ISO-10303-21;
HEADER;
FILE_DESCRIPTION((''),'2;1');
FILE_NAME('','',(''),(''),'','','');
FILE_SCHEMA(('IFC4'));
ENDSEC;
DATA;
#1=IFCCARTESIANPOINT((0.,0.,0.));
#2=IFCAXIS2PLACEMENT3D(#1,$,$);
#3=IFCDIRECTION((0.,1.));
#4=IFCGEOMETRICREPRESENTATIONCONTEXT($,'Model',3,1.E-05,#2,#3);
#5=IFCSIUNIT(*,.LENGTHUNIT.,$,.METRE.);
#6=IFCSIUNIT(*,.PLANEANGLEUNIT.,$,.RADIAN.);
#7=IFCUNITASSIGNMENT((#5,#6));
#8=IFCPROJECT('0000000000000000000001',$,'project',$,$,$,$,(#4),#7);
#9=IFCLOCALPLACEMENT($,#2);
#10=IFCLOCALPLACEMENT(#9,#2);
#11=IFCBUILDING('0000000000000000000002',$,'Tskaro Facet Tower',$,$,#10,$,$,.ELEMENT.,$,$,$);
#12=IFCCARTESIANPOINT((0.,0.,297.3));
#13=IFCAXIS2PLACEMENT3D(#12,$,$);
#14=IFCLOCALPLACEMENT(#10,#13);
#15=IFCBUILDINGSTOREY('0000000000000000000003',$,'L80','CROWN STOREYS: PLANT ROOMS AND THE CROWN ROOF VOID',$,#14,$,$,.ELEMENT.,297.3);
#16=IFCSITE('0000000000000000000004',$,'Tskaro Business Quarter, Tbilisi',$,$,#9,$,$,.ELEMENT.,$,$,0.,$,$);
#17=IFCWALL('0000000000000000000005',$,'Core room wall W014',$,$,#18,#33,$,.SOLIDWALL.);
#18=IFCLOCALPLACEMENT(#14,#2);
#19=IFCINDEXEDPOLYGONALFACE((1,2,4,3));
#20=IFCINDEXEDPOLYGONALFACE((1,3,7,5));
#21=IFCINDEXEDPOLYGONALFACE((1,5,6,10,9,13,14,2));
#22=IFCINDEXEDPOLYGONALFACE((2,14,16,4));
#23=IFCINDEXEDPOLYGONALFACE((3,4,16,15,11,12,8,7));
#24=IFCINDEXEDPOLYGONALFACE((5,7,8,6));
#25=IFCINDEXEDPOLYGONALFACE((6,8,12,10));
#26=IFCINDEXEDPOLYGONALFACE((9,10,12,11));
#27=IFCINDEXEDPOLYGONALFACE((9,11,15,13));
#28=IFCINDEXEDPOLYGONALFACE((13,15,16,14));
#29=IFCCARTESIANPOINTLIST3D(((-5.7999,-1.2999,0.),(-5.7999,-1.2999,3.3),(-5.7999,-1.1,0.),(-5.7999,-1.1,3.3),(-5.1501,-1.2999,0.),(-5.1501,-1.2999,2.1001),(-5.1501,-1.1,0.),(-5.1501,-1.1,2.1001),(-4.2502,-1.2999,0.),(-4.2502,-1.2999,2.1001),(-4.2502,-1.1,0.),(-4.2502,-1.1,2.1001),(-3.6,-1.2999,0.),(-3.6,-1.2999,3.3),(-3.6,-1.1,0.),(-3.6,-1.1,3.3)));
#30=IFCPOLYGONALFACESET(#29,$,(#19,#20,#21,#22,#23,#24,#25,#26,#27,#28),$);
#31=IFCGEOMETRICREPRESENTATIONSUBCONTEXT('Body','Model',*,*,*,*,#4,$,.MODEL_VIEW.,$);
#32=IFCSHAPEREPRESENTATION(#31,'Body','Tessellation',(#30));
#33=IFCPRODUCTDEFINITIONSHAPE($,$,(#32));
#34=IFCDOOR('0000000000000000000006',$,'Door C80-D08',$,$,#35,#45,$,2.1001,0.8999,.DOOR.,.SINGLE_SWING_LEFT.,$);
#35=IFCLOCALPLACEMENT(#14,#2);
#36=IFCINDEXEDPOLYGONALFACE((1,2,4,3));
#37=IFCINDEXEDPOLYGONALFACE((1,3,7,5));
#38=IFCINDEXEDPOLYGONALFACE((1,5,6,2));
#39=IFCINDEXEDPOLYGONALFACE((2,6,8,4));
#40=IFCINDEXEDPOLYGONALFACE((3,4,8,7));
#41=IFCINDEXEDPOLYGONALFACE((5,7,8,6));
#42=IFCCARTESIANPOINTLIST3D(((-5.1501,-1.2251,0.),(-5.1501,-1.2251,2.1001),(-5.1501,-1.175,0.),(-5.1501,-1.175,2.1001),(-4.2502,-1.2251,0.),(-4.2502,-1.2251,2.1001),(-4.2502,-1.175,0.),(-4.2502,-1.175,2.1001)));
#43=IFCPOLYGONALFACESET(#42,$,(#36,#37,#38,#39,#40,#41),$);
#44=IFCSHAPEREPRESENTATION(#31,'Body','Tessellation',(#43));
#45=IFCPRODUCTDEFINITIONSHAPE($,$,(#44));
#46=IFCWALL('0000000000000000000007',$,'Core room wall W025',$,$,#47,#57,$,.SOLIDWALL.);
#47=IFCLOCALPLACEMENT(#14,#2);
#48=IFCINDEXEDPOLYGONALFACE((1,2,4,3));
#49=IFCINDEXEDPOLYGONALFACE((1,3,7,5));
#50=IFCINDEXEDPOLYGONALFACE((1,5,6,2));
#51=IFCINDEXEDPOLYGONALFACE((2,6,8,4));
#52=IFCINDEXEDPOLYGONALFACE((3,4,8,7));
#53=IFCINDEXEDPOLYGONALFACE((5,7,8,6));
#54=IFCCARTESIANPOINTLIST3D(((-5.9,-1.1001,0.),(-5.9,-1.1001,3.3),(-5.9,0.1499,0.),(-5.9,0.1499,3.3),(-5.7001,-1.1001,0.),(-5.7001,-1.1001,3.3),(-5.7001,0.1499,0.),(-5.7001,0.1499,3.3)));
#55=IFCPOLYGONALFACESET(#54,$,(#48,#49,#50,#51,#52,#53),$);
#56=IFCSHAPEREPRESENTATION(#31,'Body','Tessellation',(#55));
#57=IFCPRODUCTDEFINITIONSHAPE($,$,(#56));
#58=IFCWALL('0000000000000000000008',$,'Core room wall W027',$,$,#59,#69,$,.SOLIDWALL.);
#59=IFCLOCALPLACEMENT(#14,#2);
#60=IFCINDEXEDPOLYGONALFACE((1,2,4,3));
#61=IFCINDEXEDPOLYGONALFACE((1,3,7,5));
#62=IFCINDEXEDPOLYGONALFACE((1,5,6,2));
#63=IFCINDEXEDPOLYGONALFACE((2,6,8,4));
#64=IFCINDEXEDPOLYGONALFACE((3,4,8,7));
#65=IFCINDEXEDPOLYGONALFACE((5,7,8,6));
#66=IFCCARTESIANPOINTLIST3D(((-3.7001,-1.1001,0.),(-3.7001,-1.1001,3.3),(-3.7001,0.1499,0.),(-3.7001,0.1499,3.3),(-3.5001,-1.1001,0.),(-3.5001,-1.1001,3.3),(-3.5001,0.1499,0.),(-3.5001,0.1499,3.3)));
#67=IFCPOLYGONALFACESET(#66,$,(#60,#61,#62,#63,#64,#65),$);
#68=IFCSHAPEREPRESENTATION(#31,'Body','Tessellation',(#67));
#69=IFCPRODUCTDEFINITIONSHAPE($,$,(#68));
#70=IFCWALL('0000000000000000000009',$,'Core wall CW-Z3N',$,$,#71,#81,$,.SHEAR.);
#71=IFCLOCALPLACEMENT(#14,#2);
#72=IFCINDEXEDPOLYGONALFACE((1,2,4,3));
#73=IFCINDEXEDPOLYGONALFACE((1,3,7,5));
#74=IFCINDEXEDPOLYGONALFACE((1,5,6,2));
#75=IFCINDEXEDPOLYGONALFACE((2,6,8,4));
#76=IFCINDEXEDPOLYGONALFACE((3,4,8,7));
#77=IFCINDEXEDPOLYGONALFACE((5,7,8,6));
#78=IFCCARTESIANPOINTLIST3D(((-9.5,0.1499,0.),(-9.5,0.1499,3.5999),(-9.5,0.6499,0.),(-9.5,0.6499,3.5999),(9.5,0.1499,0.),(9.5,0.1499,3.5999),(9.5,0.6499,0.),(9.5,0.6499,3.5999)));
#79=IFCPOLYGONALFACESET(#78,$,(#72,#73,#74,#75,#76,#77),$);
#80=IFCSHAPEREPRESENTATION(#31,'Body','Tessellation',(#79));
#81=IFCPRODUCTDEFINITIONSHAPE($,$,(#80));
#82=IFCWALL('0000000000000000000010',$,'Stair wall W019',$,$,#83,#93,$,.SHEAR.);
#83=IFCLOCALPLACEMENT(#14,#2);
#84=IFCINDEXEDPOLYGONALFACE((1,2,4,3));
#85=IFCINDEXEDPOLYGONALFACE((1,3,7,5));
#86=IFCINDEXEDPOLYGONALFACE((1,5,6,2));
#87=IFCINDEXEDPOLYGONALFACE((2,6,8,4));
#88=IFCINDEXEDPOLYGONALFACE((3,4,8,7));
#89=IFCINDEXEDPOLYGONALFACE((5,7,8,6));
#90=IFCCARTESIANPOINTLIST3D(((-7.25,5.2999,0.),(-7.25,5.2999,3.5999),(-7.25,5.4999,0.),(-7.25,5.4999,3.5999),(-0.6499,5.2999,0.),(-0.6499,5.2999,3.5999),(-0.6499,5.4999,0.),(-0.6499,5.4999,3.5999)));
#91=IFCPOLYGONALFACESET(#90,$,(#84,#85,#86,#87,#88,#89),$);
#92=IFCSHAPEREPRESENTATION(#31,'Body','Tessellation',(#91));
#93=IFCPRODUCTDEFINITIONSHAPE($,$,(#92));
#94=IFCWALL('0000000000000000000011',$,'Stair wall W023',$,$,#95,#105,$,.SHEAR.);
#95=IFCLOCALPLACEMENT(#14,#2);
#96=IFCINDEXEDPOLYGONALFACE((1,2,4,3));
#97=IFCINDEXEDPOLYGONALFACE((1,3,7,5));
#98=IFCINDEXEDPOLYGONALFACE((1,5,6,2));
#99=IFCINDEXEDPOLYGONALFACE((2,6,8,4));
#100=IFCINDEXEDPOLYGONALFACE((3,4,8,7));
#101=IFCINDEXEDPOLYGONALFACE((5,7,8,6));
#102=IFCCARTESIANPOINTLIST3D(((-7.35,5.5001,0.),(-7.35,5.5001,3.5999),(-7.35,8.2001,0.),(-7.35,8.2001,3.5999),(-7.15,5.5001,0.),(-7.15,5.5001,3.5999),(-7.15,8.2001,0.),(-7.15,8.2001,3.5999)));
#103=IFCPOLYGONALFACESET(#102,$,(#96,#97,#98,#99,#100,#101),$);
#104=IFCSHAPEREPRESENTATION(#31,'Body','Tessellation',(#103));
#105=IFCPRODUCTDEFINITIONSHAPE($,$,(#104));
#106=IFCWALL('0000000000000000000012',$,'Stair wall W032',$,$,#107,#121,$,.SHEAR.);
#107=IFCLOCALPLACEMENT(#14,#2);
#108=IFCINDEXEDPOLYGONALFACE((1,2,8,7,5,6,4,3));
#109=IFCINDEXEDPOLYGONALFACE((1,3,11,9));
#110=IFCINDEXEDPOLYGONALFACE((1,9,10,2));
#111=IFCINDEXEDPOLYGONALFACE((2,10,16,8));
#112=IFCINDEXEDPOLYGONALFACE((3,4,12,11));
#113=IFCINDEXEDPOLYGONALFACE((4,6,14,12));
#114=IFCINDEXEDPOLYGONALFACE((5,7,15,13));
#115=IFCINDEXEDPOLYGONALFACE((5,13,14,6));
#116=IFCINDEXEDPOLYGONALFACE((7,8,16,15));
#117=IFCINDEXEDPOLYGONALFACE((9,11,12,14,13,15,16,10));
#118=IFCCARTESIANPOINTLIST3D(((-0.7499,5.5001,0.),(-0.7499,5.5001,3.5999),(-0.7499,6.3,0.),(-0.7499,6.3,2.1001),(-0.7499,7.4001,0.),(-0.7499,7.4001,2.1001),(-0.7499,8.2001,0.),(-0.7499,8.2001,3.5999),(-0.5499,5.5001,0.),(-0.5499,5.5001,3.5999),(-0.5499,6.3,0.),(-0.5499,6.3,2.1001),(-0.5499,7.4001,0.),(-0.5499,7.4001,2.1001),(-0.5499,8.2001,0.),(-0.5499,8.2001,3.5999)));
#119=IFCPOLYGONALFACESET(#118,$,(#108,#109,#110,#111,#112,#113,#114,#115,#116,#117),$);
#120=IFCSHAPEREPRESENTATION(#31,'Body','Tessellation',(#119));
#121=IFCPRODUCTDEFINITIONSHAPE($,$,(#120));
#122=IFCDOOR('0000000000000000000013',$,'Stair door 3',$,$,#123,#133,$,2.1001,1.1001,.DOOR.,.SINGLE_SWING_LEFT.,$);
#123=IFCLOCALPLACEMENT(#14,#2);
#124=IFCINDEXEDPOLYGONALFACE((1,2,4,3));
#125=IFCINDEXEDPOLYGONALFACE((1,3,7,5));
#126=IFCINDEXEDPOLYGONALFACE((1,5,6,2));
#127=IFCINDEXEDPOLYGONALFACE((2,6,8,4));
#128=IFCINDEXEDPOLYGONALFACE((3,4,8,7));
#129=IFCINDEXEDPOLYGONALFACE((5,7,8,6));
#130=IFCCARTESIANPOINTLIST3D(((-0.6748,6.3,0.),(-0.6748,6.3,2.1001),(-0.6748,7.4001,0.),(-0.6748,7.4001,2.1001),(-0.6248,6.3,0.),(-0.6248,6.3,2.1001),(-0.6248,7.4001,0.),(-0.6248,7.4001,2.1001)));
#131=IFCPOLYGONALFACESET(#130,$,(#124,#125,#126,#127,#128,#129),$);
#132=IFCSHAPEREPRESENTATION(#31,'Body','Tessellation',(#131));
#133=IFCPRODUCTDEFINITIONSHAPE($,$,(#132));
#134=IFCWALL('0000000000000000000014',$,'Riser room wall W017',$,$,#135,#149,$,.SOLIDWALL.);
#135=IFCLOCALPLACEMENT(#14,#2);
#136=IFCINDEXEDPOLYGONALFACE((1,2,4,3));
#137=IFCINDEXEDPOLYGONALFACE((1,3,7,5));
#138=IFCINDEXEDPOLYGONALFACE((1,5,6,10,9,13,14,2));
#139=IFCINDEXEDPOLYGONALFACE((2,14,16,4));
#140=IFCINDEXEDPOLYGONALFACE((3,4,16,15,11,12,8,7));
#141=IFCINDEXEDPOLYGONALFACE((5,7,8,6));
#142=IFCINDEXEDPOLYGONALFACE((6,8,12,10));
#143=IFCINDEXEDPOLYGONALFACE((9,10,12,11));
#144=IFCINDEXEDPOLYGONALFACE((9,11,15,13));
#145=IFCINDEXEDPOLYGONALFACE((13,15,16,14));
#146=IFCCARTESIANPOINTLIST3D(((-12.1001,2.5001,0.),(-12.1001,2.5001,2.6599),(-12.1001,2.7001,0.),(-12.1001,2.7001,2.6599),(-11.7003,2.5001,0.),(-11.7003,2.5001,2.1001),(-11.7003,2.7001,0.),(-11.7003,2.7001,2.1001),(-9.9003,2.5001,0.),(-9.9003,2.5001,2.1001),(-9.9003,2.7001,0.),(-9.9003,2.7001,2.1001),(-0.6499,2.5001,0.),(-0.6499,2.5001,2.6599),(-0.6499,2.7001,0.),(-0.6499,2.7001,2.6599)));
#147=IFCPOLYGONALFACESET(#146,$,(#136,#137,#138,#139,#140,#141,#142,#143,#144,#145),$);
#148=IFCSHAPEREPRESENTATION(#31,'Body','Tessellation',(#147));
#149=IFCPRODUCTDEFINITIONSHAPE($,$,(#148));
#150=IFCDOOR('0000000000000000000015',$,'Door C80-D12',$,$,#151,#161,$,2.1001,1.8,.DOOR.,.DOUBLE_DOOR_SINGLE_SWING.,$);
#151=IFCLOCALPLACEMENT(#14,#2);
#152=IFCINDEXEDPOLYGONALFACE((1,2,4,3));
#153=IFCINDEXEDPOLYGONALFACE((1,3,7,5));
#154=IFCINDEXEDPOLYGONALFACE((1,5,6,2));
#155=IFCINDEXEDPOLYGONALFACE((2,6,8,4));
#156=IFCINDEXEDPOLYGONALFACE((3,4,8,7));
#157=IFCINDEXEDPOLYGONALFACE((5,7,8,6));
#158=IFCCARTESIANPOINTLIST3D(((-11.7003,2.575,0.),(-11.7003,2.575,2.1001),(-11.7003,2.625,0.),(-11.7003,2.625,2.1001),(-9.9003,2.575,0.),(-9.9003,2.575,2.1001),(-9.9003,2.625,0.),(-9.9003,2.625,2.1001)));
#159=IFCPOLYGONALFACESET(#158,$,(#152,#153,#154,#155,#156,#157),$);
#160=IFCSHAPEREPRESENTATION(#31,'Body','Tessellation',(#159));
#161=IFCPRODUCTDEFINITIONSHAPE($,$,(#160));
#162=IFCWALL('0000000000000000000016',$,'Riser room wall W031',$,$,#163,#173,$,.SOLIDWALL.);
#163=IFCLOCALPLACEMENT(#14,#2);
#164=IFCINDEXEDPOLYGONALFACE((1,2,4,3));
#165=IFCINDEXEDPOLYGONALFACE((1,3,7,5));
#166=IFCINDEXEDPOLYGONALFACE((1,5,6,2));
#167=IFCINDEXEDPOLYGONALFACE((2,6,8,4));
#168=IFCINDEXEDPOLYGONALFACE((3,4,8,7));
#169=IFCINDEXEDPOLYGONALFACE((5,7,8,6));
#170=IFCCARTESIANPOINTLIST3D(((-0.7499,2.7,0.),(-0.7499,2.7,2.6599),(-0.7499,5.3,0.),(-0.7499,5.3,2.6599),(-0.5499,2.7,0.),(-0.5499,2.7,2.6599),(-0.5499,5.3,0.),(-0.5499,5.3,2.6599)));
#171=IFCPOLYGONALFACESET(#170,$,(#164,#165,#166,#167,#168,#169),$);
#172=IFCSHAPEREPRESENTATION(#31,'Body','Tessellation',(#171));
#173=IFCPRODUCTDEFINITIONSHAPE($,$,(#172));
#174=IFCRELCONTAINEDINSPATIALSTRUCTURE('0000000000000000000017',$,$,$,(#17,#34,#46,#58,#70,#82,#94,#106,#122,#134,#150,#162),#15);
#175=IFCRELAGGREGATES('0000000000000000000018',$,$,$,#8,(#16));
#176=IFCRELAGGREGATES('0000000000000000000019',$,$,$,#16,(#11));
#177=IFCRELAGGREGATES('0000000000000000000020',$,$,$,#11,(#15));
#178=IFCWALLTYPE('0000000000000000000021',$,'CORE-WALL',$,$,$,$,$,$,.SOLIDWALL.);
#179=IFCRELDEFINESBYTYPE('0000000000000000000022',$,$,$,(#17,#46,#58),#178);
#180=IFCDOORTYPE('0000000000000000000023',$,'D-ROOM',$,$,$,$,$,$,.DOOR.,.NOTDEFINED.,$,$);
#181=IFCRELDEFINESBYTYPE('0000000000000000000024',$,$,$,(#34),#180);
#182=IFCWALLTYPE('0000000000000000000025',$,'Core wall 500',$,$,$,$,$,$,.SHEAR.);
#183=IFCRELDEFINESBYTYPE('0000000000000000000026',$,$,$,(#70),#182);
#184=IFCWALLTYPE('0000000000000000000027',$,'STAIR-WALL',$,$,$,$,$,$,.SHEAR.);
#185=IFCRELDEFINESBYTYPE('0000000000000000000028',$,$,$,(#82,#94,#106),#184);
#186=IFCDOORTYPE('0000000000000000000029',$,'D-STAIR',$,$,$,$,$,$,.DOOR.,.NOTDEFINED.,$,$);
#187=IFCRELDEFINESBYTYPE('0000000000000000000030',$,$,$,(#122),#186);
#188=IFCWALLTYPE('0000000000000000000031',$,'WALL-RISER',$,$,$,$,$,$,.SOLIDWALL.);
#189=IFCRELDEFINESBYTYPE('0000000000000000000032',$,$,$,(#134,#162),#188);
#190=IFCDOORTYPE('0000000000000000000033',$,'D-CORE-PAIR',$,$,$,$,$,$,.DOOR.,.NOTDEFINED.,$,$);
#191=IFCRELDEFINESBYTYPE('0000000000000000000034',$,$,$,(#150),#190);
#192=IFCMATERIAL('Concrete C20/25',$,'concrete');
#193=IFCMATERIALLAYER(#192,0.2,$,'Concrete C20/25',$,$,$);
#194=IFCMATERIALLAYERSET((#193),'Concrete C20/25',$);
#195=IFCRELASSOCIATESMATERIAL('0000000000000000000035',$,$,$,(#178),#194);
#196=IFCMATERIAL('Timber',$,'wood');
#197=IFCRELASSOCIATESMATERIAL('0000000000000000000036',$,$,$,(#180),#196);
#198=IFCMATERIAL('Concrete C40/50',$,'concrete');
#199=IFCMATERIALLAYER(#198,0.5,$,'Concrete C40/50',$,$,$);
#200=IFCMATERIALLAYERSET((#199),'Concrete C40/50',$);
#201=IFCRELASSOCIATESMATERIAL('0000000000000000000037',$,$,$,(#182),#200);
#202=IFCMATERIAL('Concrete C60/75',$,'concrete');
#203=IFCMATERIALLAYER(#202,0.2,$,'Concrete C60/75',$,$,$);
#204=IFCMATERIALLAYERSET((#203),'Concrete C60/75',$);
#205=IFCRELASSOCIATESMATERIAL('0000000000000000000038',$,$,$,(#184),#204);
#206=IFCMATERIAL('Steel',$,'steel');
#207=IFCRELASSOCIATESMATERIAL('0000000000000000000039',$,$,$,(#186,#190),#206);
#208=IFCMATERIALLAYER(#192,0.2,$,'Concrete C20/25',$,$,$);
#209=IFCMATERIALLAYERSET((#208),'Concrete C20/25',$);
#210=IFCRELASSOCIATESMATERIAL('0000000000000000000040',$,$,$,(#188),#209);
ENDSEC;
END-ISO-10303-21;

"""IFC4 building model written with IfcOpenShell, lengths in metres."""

from ifc_helpers import new_model, si_unit, direction, frame, frame_2d, origin, place, context, subcontext, project, spatial, polyline, rectangle, outline, extrude, material, layer, layer_set, type_object, element, fill, save


model = new_model("IFC4")

# Units and contexts
model_context = context("Model", 3, precision=1e-05, world=origin(), true_north=direction((0.0, 1.0)))
body_context = subcontext(model_context, "Body", "Model", "MODEL_VIEW")
ifc_project = project(units=[si_unit("LENGTHUNIT", "METRE"), si_unit("PLANEANGLEUNIT", "RADIAN")], contexts=[model_context])

# Site, building, storey
site_placement = place(None, origin())
site = spatial("IfcSite", under=ifc_project, at=site_placement, Name="Tskaro Business Quarter, Tbilisi", CompositionType="ELEMENT", RefElevation=0.0)
building_placement = place(site_placement, origin())
building = spatial("IfcBuilding", under=site, at=building_placement, Name="Tskaro Facet Tower", CompositionType="ELEMENT")
storey_placement = place(building_placement, frame((0.0, 0.0, 297.3)))
storey = spatial("IfcBuildingStorey", under=building, at=storey_placement, Name="L80", Description="CROWN STOREYS: PLANT ROOMS AND THE CROWN ROOF VOID", CompositionType="ELEMENT", Elevation=297.3)

# Shared definitions
ifc_material_1 = material(Name="Concrete C40/50", Category="concrete")

# Shared definitions
ifc_material_2 = material(Name="Concrete C60/75", Category="concrete")

# Wall, opening, door
ifc_material_3 = material(Name="Concrete C20/25", Category="concrete")
ifc_layer_1 = layer(ifc_material_3, 0.2, Name="Concrete C20/25")
ifc_layer_set_1 = layer_set([ifc_layer_1], Name="Concrete C20/25")
wall_type_1 = type_object("IfcWallType", Name="CORE-WALL", PredefinedType="SOLIDWALL", material=ifc_layer_set_1)
wall_1_placement = place(storey_placement, frame((-5.8, -1.2, 0.0), z_axis=(0.0, 0.0, 1.0), x_axis=(1.0, 0.0, 0.0)))
wall_1 = element("IfcWall", 1, at=wall_1_placement, inside=storey, type_object=wall_type_1, Name="Core room wall W014", PredefinedType="SOLIDWALL", context=body_context, shape_type="SweptSolid", body=[
    extrude(rectangle(XDim=2.2, YDim=0.2, at=frame_2d((1.1001, 0.0))), origin(), (0.0, 0.0, 1.0), 3.3),
])
opening_1_placement = place(wall_1_placement, frame((0.6499, 0.0, 0.0)))
opening_1 = element("IfcOpeningElement", 2, at=opening_1_placement, cuts=wall_1, PredefinedType="OPENING", context=body_context, shape_type="SweptSolid", body=[
    extrude(rectangle(XDim=0.8999, YDim=2.1001, at=frame_2d((0.45, 1.05))), frame((0.0, 0.1099, 0.0), z_axis=(0.0, -1.0, 0.0), x_axis=(1.0, 0.0, 0.0)), (0.0, 0.0, 1.0), 0.22),
])
ifc_material_4 = material(Name="Timber", Category="wood")
door_type_1 = type_object("IfcDoorType", Name="D-ROOM", OperationType="NOTDEFINED", PredefinedType="DOOR", material=ifc_material_4)
door_1_placement = place(opening_1_placement, origin())
door_1 = element("IfcDoor", 3, at=door_1_placement, inside=storey, type_object=door_type_1, Name="Door C80-D08", OperationType="SINGLE_SWING_LEFT", OverallHeight=2.1001, OverallWidth=0.8999, PredefinedType="DOOR", context=body_context, shape_type="SweptSolid", body=[
    extrude(rectangle(XDim=0.8999, YDim=2.1001, at=frame_2d((0.45, 1.05))), frame((0.0, 0.0249, 0.0), z_axis=(0.0, -1.0, 0.0), x_axis=(1.0, 0.0, 0.0)), (0.0, 0.0, 1.0), 0.05),
])
fill(opening_1, door_1)

# Walls
for number, where, z_axis, x_axis, name in (
    (4, (-5.8, -1.1001, 0.0), (0.0, 0.0, 1.0), (0.0, 1.0, 0.0), "Core room wall W025"),
    (5, (-3.6001, -1.1001, 0.0), (0.0, 0.0, 1.0), (0.0, 1.0, 0.0), "Core room wall W027"),
):
    element("IfcWall", number, at=place(storey_placement, frame(where, z_axis=z_axis, x_axis=x_axis)), inside=storey, type_object=wall_type_1, Name=name, PredefinedType="SOLIDWALL", context=body_context, shape_type="SweptSolid", body=[
        extrude(rectangle(XDim=1.25, YDim=0.2, at=frame_2d((0.625, 0.0))), origin(), (0.0, 0.0, 1.0), 3.3),
    ])
ifc_layer_2 = layer(ifc_material_1, 0.5, Name="Concrete C40/50")
ifc_layer_set_2 = layer_set([ifc_layer_2], Name="Concrete C40/50")
wall_type_2 = type_object("IfcWallType", Name="Core wall 500", PredefinedType="SHEAR", material=ifc_layer_set_2)
wall_2_placement = place(storey_placement, frame((-9.5, 0.3999, 0.0), z_axis=(0.0, 0.0, 1.0), x_axis=(1.0, 0.0, 0.0)))
element("IfcWall", 6, at=wall_2_placement, inside=storey, type_object=wall_type_2, Name="Core wall CW-Z3N", PredefinedType="SHEAR", context=body_context, shape_type="SweptSolid", body=[
    extrude(outline(polyline([(0.0, 0.0), (19.0, 0.0), (19.0, 3.5999), (0.0, 3.5999), (0.0, 0.0)])), frame((0.0, 0.25, 0.0), z_axis=(0.0, -1.0, 0.0), x_axis=(1.0, 0.0, 0.0)), (0.0, 0.0, 1.0), 0.5),
])
ifc_layer_3 = layer(ifc_material_2, 0.2, Name="Concrete C60/75")
ifc_layer_set_3 = layer_set([ifc_layer_3], Name="Concrete C60/75")
wall_type_3 = type_object("IfcWallType", Name="STAIR-WALL", PredefinedType="SHEAR", material=ifc_layer_set_3)
wall_3_placement = place(storey_placement, frame((-7.25, 5.3999, 0.0), z_axis=(0.0, 0.0, 1.0), x_axis=(1.0, 0.0, 0.0)))
element("IfcWall", 7, at=wall_3_placement, inside=storey, type_object=wall_type_3, Name="Stair wall W019", PredefinedType="SHEAR", context=body_context, shape_type="SweptSolid", body=[
    extrude(rectangle(XDim=6.6001, YDim=0.2, at=frame_2d((3.3, 0.0))), origin(), (0.0, 0.0, 1.0), 3.5999),
])
wall_4_placement = place(storey_placement, frame((-7.25, 5.5, 0.0), z_axis=(0.0, 0.0, 1.0), x_axis=(0.0, 1.0, 0.0)))
element("IfcWall", 8, at=wall_4_placement, inside=storey, type_object=wall_type_3, Name="Stair wall W023", PredefinedType="SHEAR", context=body_context, shape_type="SweptSolid", body=[
    extrude(rectangle(XDim=2.7, YDim=0.2, at=frame_2d((1.3501, 0.0))), origin(), (0.0, 0.0, 1.0), 3.5999),
])

# Walls, openings, doors
wall_5_placement = place(storey_placement, frame((-0.6499, 5.5, 0.0), z_axis=(0.0, 0.0, 1.0), x_axis=(0.0, 1.0, 0.0)))
wall_5 = element("IfcWall", 9, at=wall_5_placement, inside=storey, type_object=wall_type_3, Name="Stair wall W032", PredefinedType="SHEAR", context=body_context, shape_type="SweptSolid", body=[
    extrude(rectangle(XDim=2.7, YDim=0.2, at=frame_2d((1.3501, 0.0))), origin(), (0.0, 0.0, 1.0), 3.5999),
])
opening_2_placement = place(wall_5_placement, frame((0.8, 0.0, 0.0)))
opening_2 = element("IfcOpeningElement", 10, at=opening_2_placement, cuts=wall_5, PredefinedType="OPENING", context=body_context, shape_type="SweptSolid", body=[
    extrude(rectangle(XDim=1.1001, YDim=2.1001, at=frame_2d((0.55, 1.05))), frame((0.0, 0.1099, 0.0), z_axis=(0.0, -1.0, 0.0), x_axis=(1.0, 0.0, 0.0)), (0.0, 0.0, 1.0), 0.22),
])
ifc_material_5 = material(Name="Steel", Category="steel")
door_type_2 = type_object("IfcDoorType", Name="D-STAIR", OperationType="NOTDEFINED", PredefinedType="DOOR", material=ifc_material_5)
door_2_placement = place(opening_2_placement, origin())
door_2 = element("IfcDoor", 11, at=door_2_placement, inside=storey, type_object=door_type_2, Name="Stair door 3", OperationType="SINGLE_SWING_LEFT", OverallHeight=2.1001, OverallWidth=1.1001, PredefinedType="DOOR", context=body_context, shape_type="SweptSolid", body=[
    extrude(rectangle(XDim=1.1001, YDim=2.1001, at=frame_2d((0.55, 1.05))), frame((0.0, 0.0249, 0.0), z_axis=(0.0, -1.0, 0.0), x_axis=(1.0, 0.0, 0.0)), (0.0, 0.0, 1.0), 0.05),
])
fill(opening_2, door_2)
ifc_layer_4 = layer(ifc_material_3, 0.2, Name="Concrete C20/25")
ifc_layer_set_4 = layer_set([ifc_layer_4], Name="Concrete C20/25")
wall_type_4 = type_object("IfcWallType", Name="WALL-RISER", PredefinedType="SOLIDWALL", material=ifc_layer_set_4)
wall_6_placement = place(storey_placement, frame((-12.1001, 2.6001, 0.0), z_axis=(0.0, 0.0, 1.0), x_axis=(1.0, 0.0, 0.0)))
wall_6 = element("IfcWall", 12, at=wall_6_placement, inside=storey, type_object=wall_type_4, Name="Riser room wall W017", PredefinedType="SOLIDWALL", context=body_context, shape_type="SweptSolid", body=[
    extrude(rectangle(XDim=11.4502, YDim=0.2, at=frame_2d((5.7251, 0.0))), origin(), (0.0, 0.0, 1.0), 2.6599),
])
opening_3_placement = place(wall_6_placement, frame((0.3999, 0.0, 0.0)))
opening_3 = element("IfcOpeningElement", 13, at=opening_3_placement, cuts=wall_6, PredefinedType="OPENING", context=body_context, shape_type="SweptSolid", body=[
    extrude(rectangle(XDim=1.8, YDim=2.1001, at=frame_2d((0.8999, 1.05))), frame((0.0, 0.1099, 0.0), z_axis=(0.0, -1.0, 0.0), x_axis=(1.0, 0.0, 0.0)), (0.0, 0.0, 1.0), 0.22),
])
door_type_3 = type_object("IfcDoorType", Name="D-CORE-PAIR", OperationType="NOTDEFINED", PredefinedType="DOOR", material=ifc_material_5)
door_3_placement = place(opening_3_placement, origin())
door_3 = element("IfcDoor", 14, at=door_3_placement, inside=storey, type_object=door_type_3, Name="Door C80-D12", OperationType="DOUBLE_DOOR_SINGLE_SWING", OverallHeight=2.1001, OverallWidth=1.8, PredefinedType="DOOR", context=body_context, shape_type="SweptSolid", body=[
    extrude(rectangle(XDim=1.8, YDim=2.1001, at=frame_2d((0.8999, 1.05))), frame((0.0, 0.0249, 0.0), z_axis=(0.0, -1.0, 0.0), x_axis=(1.0, 0.0, 0.0)), (0.0, 0.0, 1.0), 0.05),
])
fill(opening_3, door_3)

# Wall
wall_7_placement = place(storey_placement, frame((-0.6499, 2.7, 0.0), z_axis=(0.0, 0.0, 1.0), x_axis=(0.0, 1.0, 0.0)))
element("IfcWall", 15, at=wall_7_placement, inside=storey, type_object=wall_type_4, Name="Riser room wall W031", PredefinedType="SOLIDWALL", context=body_context, shape_type="SweptSolid", body=[
    extrude(rectangle(XDim=2.6001, YDim=0.2, at=frame_2d((1.3, 0.0))), origin(), (0.0, 0.0, 1.0), 2.6599),
])

save(model, "model.ifc")
